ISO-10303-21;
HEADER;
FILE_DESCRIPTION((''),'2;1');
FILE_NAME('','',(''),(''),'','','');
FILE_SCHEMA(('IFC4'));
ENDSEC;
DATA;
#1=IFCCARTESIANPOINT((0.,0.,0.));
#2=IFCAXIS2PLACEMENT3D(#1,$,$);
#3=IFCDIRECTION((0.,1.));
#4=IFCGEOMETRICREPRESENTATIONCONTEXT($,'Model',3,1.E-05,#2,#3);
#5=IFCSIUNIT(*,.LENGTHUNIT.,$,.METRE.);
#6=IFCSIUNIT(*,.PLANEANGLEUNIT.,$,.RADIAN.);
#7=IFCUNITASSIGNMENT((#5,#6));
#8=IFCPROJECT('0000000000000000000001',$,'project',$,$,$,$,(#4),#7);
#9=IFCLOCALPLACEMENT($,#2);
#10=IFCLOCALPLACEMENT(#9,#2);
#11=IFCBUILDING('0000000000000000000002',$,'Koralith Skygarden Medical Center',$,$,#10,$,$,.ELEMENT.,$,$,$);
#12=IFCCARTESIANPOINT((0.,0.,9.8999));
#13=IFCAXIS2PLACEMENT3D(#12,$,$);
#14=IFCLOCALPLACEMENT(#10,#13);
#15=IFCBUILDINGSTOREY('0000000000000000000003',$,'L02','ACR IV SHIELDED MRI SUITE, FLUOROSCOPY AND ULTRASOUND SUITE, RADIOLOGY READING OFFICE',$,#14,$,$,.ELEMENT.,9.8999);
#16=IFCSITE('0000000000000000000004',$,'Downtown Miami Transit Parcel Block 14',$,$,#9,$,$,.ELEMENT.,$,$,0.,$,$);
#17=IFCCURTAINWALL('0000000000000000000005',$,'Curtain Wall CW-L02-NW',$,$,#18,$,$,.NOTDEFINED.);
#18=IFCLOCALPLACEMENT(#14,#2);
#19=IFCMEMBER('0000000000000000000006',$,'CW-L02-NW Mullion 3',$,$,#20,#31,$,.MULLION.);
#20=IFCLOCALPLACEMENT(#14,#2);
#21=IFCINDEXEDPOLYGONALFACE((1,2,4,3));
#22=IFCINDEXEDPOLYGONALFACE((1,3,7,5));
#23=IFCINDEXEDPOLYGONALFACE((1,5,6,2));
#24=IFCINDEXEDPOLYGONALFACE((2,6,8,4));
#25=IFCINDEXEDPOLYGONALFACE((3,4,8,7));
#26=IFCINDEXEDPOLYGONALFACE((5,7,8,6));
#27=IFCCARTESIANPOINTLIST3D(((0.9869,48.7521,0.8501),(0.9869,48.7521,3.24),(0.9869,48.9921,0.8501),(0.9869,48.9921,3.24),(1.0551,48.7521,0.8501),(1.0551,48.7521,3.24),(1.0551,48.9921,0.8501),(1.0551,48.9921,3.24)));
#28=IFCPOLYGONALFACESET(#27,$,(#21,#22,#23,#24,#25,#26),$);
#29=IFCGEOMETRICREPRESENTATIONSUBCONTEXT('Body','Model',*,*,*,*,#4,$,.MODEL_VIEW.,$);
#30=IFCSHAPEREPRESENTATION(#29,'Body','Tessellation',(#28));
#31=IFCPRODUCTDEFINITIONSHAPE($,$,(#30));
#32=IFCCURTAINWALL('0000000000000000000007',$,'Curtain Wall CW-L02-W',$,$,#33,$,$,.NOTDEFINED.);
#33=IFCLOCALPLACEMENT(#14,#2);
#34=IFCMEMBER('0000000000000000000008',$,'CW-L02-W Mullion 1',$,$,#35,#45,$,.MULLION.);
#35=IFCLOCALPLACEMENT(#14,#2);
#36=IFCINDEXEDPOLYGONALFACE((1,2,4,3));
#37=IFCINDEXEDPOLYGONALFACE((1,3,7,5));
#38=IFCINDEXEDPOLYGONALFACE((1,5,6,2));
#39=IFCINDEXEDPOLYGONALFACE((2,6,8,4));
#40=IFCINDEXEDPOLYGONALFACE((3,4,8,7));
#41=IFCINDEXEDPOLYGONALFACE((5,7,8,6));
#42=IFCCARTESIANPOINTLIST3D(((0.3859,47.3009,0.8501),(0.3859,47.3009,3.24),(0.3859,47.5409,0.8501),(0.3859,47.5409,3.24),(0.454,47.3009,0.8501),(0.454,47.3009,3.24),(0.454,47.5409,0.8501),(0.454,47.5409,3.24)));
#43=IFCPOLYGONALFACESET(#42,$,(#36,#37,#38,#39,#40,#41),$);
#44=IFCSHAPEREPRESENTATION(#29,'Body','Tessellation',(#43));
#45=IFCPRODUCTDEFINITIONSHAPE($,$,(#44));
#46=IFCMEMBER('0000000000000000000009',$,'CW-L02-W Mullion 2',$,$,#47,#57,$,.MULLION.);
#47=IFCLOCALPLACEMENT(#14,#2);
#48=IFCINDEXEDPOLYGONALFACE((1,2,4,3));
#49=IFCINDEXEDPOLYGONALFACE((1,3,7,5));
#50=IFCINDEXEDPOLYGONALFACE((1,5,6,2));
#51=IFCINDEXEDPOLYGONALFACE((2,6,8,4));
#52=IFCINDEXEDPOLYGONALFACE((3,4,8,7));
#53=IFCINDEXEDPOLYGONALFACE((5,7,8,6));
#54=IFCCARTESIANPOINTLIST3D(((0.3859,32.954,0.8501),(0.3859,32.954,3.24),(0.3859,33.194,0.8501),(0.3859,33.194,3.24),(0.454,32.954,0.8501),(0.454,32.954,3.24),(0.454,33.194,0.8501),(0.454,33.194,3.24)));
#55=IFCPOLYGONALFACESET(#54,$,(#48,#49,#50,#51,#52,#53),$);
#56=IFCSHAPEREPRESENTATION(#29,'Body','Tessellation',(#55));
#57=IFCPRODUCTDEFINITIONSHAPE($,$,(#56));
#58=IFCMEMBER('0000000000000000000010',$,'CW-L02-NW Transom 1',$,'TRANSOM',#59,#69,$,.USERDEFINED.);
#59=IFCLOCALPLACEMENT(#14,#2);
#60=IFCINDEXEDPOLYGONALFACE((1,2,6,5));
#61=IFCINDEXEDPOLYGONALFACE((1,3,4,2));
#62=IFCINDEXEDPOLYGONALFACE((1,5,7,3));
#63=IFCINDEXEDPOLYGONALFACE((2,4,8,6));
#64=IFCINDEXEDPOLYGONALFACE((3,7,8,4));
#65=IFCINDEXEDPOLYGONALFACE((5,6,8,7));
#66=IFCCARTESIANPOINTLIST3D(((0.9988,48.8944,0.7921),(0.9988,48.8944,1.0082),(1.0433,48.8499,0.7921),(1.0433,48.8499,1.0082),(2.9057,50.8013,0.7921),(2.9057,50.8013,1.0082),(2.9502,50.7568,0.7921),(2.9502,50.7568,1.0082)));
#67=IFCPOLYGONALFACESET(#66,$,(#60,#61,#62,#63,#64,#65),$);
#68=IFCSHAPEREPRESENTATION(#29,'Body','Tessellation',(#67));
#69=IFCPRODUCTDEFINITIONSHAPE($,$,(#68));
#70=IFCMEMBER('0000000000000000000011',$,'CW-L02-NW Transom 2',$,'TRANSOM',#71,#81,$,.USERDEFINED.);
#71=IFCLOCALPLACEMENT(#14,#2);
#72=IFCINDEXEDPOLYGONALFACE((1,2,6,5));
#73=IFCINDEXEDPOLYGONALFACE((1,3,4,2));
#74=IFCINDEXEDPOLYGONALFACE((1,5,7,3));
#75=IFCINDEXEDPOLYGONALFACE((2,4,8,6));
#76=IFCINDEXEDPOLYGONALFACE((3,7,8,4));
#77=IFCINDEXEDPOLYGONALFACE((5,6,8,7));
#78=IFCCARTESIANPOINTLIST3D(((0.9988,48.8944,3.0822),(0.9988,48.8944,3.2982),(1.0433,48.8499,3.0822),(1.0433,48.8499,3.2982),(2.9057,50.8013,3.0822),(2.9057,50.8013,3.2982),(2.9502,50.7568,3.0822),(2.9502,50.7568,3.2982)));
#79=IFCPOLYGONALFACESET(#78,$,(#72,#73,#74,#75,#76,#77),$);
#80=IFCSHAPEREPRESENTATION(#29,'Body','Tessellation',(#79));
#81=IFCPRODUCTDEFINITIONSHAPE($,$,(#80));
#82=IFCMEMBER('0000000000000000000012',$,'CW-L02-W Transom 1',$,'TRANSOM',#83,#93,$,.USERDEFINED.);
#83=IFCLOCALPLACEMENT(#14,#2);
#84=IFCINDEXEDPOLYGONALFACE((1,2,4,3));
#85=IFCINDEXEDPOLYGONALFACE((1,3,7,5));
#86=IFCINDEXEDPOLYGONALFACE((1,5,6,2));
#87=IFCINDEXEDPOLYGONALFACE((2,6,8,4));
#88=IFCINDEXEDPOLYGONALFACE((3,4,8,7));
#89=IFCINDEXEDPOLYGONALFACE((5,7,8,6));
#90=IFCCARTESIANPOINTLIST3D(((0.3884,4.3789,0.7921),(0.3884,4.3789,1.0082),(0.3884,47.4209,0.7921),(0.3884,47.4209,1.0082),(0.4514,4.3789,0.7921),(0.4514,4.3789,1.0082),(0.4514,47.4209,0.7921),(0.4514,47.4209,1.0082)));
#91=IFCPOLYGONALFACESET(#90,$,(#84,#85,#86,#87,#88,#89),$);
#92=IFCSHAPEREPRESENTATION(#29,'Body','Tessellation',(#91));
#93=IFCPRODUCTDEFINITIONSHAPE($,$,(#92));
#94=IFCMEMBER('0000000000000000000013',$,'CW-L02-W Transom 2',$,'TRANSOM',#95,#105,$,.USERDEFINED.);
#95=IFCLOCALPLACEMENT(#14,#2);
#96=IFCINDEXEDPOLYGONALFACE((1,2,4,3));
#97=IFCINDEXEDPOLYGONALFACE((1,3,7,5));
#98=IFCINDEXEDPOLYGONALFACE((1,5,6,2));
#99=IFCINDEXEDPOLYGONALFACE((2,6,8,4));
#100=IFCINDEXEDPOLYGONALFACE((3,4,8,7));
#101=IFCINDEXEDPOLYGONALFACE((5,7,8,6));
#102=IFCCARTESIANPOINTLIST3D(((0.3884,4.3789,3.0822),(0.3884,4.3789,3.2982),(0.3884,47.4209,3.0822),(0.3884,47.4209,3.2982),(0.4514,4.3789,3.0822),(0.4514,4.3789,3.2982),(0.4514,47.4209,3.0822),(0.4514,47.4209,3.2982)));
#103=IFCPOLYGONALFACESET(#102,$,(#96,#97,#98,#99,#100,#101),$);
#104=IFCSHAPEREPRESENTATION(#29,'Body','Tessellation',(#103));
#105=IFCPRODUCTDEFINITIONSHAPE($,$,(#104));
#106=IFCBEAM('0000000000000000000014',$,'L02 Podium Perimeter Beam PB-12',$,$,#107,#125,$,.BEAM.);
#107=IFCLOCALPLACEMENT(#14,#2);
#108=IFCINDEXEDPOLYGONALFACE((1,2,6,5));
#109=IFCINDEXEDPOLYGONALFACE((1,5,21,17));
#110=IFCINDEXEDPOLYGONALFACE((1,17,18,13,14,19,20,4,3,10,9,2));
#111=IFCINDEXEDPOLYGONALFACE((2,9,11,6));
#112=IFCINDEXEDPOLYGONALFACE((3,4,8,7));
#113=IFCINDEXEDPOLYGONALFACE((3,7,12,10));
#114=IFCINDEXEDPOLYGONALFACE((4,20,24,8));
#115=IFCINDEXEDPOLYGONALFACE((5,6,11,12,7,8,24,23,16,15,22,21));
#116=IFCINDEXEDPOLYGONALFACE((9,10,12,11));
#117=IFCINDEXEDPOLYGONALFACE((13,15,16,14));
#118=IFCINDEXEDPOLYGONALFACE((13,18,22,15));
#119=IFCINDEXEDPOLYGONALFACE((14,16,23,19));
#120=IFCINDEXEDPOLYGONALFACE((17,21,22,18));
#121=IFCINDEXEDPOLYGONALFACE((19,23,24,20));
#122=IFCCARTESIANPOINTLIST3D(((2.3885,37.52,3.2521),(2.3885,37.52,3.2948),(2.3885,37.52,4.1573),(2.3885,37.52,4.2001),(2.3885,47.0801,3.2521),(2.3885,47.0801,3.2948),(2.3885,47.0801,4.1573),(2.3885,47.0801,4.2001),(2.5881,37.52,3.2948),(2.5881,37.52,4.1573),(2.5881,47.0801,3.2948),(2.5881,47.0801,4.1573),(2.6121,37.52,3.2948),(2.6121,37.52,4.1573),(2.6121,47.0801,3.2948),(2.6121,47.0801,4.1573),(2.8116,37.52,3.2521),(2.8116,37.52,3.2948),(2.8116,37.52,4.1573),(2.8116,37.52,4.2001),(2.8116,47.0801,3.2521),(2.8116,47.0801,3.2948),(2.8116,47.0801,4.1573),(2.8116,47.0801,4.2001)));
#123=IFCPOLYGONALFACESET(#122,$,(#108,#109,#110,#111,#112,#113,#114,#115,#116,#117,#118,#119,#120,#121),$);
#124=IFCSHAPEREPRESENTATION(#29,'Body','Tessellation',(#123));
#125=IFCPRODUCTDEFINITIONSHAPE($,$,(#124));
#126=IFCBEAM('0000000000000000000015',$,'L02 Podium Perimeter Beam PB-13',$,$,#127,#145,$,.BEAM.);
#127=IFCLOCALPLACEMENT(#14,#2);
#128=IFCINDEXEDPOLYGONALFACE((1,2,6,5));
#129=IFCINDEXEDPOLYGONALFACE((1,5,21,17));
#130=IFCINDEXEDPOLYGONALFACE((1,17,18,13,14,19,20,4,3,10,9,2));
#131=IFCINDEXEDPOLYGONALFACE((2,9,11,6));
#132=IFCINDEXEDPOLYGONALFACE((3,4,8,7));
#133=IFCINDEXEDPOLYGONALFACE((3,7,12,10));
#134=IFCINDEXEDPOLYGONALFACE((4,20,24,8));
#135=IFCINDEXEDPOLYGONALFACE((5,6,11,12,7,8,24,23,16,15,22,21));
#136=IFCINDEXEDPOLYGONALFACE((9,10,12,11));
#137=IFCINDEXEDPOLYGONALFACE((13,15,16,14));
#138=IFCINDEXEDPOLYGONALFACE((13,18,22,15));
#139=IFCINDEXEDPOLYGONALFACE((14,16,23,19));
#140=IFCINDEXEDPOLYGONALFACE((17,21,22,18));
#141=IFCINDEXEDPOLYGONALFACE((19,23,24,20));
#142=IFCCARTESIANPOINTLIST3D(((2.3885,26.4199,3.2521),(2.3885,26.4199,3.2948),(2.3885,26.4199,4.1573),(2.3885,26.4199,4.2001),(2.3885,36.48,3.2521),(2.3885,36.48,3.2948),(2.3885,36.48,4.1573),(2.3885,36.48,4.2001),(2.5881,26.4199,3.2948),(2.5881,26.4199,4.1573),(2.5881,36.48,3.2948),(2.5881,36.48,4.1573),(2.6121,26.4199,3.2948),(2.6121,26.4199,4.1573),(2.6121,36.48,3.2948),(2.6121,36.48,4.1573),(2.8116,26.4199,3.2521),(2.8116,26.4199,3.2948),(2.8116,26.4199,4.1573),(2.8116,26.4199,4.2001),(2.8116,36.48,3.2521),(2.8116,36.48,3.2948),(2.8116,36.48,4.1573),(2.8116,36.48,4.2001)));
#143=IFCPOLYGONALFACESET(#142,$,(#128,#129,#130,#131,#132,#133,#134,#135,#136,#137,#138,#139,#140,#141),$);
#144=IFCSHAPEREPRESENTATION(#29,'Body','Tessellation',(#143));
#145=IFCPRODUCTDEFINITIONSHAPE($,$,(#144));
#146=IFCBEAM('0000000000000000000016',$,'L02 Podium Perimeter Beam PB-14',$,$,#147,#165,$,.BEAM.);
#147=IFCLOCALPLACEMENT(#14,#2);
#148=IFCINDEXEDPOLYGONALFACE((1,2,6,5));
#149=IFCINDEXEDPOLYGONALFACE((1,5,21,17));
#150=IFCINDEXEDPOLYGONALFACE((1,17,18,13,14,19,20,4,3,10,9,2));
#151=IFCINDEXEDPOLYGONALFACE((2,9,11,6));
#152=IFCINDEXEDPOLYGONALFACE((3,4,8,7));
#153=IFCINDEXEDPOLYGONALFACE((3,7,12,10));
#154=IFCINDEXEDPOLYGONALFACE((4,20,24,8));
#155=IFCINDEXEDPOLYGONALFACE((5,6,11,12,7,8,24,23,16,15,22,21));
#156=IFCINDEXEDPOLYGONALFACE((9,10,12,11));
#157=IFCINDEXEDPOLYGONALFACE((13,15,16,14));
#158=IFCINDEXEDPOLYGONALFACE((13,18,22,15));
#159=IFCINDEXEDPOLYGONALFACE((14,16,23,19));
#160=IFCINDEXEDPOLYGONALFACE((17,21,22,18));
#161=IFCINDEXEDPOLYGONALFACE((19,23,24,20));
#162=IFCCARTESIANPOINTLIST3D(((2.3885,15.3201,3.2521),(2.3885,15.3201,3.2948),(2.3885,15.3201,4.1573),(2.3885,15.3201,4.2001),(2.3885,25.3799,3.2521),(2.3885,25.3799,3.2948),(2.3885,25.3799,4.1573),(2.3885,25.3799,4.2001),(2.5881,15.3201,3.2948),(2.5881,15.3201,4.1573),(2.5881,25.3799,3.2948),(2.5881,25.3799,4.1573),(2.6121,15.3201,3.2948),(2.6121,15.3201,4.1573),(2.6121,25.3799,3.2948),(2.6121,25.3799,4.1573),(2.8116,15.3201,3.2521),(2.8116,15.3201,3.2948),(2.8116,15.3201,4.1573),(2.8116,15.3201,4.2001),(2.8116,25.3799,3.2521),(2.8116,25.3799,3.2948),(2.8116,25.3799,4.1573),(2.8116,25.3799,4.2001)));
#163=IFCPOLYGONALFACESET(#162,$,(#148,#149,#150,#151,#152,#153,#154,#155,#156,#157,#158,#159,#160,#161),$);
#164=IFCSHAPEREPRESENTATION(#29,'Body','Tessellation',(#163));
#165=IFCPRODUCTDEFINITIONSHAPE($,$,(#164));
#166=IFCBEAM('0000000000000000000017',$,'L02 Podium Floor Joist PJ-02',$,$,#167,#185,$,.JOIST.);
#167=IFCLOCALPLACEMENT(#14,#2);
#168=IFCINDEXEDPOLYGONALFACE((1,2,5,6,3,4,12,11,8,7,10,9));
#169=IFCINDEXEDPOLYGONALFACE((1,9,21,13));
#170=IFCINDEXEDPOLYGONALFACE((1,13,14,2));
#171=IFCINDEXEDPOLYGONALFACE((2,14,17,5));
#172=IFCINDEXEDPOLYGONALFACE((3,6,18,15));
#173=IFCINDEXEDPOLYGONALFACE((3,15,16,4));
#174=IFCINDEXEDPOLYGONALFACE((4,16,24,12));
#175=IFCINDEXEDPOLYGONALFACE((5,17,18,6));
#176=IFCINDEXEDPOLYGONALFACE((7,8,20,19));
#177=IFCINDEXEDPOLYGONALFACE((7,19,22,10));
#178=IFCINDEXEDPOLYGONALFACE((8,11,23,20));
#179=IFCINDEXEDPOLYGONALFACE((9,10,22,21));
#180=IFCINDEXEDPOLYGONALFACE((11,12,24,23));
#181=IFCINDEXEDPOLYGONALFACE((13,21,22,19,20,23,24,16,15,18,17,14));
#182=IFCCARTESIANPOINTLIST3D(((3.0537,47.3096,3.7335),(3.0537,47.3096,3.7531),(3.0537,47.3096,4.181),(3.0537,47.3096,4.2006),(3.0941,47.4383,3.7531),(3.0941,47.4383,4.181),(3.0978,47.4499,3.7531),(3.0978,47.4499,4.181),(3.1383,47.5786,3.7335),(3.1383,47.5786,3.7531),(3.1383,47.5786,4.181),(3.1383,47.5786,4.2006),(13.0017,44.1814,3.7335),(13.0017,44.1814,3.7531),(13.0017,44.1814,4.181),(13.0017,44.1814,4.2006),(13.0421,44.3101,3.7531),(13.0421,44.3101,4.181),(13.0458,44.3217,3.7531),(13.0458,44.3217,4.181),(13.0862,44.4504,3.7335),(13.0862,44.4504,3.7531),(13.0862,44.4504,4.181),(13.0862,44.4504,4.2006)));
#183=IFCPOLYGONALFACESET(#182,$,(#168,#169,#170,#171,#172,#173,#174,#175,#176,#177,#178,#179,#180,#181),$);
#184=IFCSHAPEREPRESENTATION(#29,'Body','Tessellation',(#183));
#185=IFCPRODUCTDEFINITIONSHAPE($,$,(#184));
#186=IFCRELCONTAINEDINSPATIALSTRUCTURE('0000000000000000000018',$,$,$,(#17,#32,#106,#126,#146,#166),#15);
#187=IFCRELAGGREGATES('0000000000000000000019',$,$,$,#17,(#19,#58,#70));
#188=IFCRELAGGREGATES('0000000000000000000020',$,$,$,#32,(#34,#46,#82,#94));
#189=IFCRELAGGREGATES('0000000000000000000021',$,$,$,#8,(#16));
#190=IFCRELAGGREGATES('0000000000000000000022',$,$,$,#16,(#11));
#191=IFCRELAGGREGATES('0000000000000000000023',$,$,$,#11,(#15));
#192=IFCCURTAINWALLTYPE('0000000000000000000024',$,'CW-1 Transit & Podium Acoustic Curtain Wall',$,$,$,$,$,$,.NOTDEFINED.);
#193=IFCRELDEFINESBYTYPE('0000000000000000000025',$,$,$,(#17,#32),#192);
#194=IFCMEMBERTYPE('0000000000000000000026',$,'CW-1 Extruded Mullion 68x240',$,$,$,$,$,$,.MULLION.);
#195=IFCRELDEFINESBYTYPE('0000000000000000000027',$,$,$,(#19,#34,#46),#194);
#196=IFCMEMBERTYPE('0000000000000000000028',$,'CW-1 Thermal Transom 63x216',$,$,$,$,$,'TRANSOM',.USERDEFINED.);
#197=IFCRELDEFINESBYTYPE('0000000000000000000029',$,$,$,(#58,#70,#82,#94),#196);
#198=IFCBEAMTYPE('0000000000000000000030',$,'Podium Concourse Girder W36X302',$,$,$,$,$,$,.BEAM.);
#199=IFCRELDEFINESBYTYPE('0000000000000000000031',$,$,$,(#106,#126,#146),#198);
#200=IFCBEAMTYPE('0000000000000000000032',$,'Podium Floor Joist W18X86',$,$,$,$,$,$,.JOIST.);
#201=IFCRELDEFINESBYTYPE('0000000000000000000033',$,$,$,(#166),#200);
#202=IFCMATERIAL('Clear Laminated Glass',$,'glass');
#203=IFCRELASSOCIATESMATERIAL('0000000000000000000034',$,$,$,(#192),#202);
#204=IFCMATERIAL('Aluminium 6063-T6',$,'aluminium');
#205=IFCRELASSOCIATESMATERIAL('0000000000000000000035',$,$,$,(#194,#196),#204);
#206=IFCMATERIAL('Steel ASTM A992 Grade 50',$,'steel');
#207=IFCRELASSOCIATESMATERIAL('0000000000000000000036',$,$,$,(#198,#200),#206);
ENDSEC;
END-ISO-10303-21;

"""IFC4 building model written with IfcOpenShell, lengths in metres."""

from ifc_helpers import new_model, si_unit, direction, frame, origin, origin_2d, place, context, subcontext, project, spatial, rectangle, i_section, extrude, material, material_profile, profile_set, type_object, element, aggregate, save


model = new_model("IFC4")

# Units and contexts
model_context = context("Model", 3, precision=1e-05, world=origin(), true_north=direction((0.0, 1.0)))
body_context = subcontext(model_context, "Body", "Model", "MODEL_VIEW")
ifc_project = project(units=[si_unit("LENGTHUNIT", "METRE"), si_unit("PLANEANGLEUNIT", "RADIAN")], contexts=[model_context])

# Site, building, storey
site_placement = place(None, origin())
site = spatial("IfcSite", under=ifc_project, at=site_placement, Name="Downtown Miami Transit Parcel Block 14", CompositionType="ELEMENT", RefElevation=0.0)
building_placement = place(site_placement, origin())
building = spatial("IfcBuilding", under=site, at=building_placement, Name="Koralith Skygarden Medical Center", CompositionType="ELEMENT")
storey_placement = place(building_placement, frame((0.0, 0.0, 9.8999)))
storey = spatial("IfcBuildingStorey", under=building, at=storey_placement, Name="L02", Description="ACR IV SHIELDED MRI SUITE, FLUOROSCOPY AND ULTRASOUND SUITE, RADIOLOGY READING OFFICE", CompositionType="ELEMENT", Elevation=9.8999)

# Shared definitions
ifc_material_1 = material(Name="Clear Laminated Glass", Category="glass")
curtain_wall_type = type_object("IfcCurtainWallType", Name="CW-1 Transit & Podium Acoustic Curtain Wall", PredefinedType="NOTDEFINED", material=ifc_material_1)
ifc_material_2 = material(Name="Aluminium 6063-T6", Category="aluminium")
ifc_material_profile_1 = material_profile(ifc_material_2, rectangle(XDim=0.0681, YDim=0.24, at=origin_2d()), Name="MUL68X240")
ifc_profile_set_1 = profile_set([ifc_material_profile_1], Name="Aluminium 6063-T6")
member_type_1 = type_object("IfcMemberType", Name="CW-1 Extruded Mullion 68x240", PredefinedType="MULLION", material=ifc_profile_set_1)

# Curtain walls, members
curtain_wall_1_placement = place(storey_placement, origin())
curtain_wall_1 = element("IfcCurtainWall", 1, at=curtain_wall_1_placement, inside=storey, type_object=curtain_wall_type, Name="Curtain Wall CW-L02-NW", PredefinedType="NOTDEFINED")
member_1_placement = place(storey_placement, frame((1.021, 48.8721, 0.8501), z_axis=(0.0, 0.0, 1.0), x_axis=(1.0, 0.0, 0.0)))
member_1 = element("IfcMember", 2, at=member_1_placement, type_object=member_type_1, Name="CW-L02-NW Mullion 3", PredefinedType="MULLION", context=body_context, shape_type="SweptSolid", body=[
    extrude(rectangle(XDim=0.0681, YDim=0.24, at=origin_2d()), origin(), (0.0, 0.0, 1.0), 2.3899),
])
curtain_wall_2_placement = place(storey_placement, origin())
curtain_wall_2 = element("IfcCurtainWall", 3, at=curtain_wall_2_placement, inside=storey, type_object=curtain_wall_type, Name="Curtain Wall CW-L02-W", PredefinedType="NOTDEFINED")
member_2_placement = place(storey_placement, frame((0.4199, 47.4209, 0.8501), z_axis=(0.0, 0.0, 1.0), x_axis=(1.0, 0.0, 0.0)))
member_2 = element("IfcMember", 4, at=member_2_placement, type_object=member_type_1, Name="CW-L02-W Mullion 1", PredefinedType="MULLION", context=body_context, shape_type="SweptSolid", body=[
    extrude(rectangle(XDim=0.0681, YDim=0.24, at=origin_2d()), origin(), (0.0, 0.0, 1.0), 2.3899),
])
member_3_placement = place(storey_placement, frame((0.4199, 33.074, 0.8501), z_axis=(0.0, 0.0, 1.0), x_axis=(1.0, 0.0, 0.0)))
member_3 = element("IfcMember", 5, at=member_3_placement, type_object=member_type_1, Name="CW-L02-W Mullion 2", PredefinedType="MULLION", context=body_context, shape_type="SweptSolid", body=[
    extrude(rectangle(XDim=0.0681, YDim=0.24, at=origin_2d()), origin(), (0.0, 0.0, 1.0), 2.3899),
])

# Members
ifc_material_profile_2 = material_profile(ifc_material_2, rectangle(XDim=0.063, YDim=0.2161, at=origin_2d()), Name="TRN63X216")
ifc_profile_set_2 = profile_set([ifc_material_profile_2], Name="Aluminium 6063-T6")
member_type_2 = type_object("IfcMemberType", Name="CW-1 Thermal Transom 63x216", ElementType="TRANSOM", PredefinedType="USERDEFINED", material=ifc_profile_set_2)
member_4_placement = place(storey_placement, frame((2.928, 50.7791, 0.9001), z_axis=(-0.707107, -0.707107, 0.0), x_axis=(0.707107, -0.707107, 0.0)))
member_4 = element("IfcMember", 6, at=member_4_placement, type_object=member_type_2, Name="CW-L02-NW Transom 1", ObjectType="TRANSOM", PredefinedType="USERDEFINED", context=body_context, shape_type="SweptSolid", body=[
    extrude(rectangle(XDim=0.063, YDim=0.2161, at=origin_2d()), origin(), (0.0, 0.0, 1.0), 2.6968),
])
member_5_placement = place(storey_placement, frame((2.928, 50.7791, 3.1902), z_axis=(-0.707107, -0.707107, 0.0), x_axis=(0.707107, -0.707107, 0.0)))
member_5 = element("IfcMember", 7, at=member_5_placement, type_object=member_type_2, Name="CW-L02-NW Transom 2", ObjectType="TRANSOM", PredefinedType="USERDEFINED", context=body_context, shape_type="SweptSolid", body=[
    extrude(rectangle(XDim=0.063, YDim=0.2161, at=origin_2d()), origin(), (0.0, 0.0, 1.0), 2.6968),
])
member_6_placement = place(storey_placement, frame((0.4199, 47.4209, 0.9001), z_axis=(0.0, -1.0, 0.0), x_axis=(1.0, 0.0, 0.0)))
member_6 = element("IfcMember", 8, at=member_6_placement, type_object=member_type_2, Name="CW-L02-W Transom 1", ObjectType="TRANSOM", PredefinedType="USERDEFINED", context=body_context, shape_type="SweptSolid", body=[
    extrude(rectangle(XDim=0.063, YDim=0.2161, at=origin_2d()), origin(), (0.0, 0.0, 1.0), 43.042),
])
member_7_placement = place(storey_placement, frame((0.4199, 47.4209, 3.1902), z_axis=(0.0, -1.0, 0.0), x_axis=(1.0, 0.0, 0.0)))
member_7 = element("IfcMember", 9, at=member_7_placement, type_object=member_type_2, Name="CW-L02-W Transom 2", ObjectType="TRANSOM", PredefinedType="USERDEFINED", context=body_context, shape_type="SweptSolid", body=[
    extrude(rectangle(XDim=0.063, YDim=0.2161, at=origin_2d()), origin(), (0.0, 0.0, 1.0), 43.042),
])

# Beams
ifc_material_3 = material(Name="Steel ASTM A992 Grade 50", Category="steel")
ifc_material_profile_3 = material_profile(ifc_material_3, i_section(OverallWidth=0.4231, OverallDepth=0.948, WebThickness=0.0239, FlangeThickness=0.0427, at=origin_2d()), Name="W36X302")
ifc_profile_set_3 = profile_set([ifc_material_profile_3], Name="Steel ASTM A992 Grade 50")
beam_type_1 = type_object("IfcBeamType", Name="Podium Concourse Girder W36X302", PredefinedType="BEAM", material=ifc_profile_set_3)
beam_1_placement = place(storey_placement, frame((2.6001, 47.0801, 3.7261), z_axis=(0.0, -1.0, 0.0), x_axis=(1.0, 0.0, 0.0)))
element("IfcBeam", 10, at=beam_1_placement, inside=storey, type_object=beam_type_1, Name="L02 Podium Perimeter Beam PB-12", PredefinedType="BEAM", context=body_context, shape_type="SweptSolid", body=[
    extrude(i_section(OverallWidth=0.4231, OverallDepth=0.948, WebThickness=0.0239, FlangeThickness=0.0427, at=origin_2d()), origin(), (0.0, 0.0, 1.0), 9.5601),
])
beam_2_placement = place(storey_placement, frame((2.6001, 36.48, 3.7261), z_axis=(0.0, -1.0, 0.0), x_axis=(1.0, 0.0, 0.0)))
element("IfcBeam", 11, at=beam_2_placement, inside=storey, type_object=beam_type_1, Name="L02 Podium Perimeter Beam PB-13", PredefinedType="BEAM", context=body_context, shape_type="SweptSolid", body=[
    extrude(i_section(OverallWidth=0.4231, OverallDepth=0.948, WebThickness=0.0239, FlangeThickness=0.0427, at=origin_2d()), origin(), (0.0, 0.0, 1.0), 10.0601),
])
beam_3_placement = place(storey_placement, frame((2.6001, 25.3799, 3.7261), z_axis=(0.0, -1.0, 0.0), x_axis=(1.0, 0.0, 0.0)))
element("IfcBeam", 12, at=beam_3_placement, inside=storey, type_object=beam_type_1, Name="L02 Podium Perimeter Beam PB-14", PredefinedType="BEAM", context=body_context, shape_type="SweptSolid", body=[
    extrude(i_section(OverallWidth=0.4231, OverallDepth=0.948, WebThickness=0.0239, FlangeThickness=0.0427, at=origin_2d()), origin(), (0.0, 0.0, 1.0), 10.0598),
])
ifc_material_profile_4 = material_profile(ifc_material_3, i_section(OverallWidth=0.282, OverallDepth=0.467, WebThickness=0.0122, FlangeThickness=0.0195, at=origin_2d()), Name="W18X86")
ifc_profile_set_4 = profile_set([ifc_material_profile_4], Name="Steel ASTM A992 Grade 50")
beam_type_2 = type_object("IfcBeamType", Name="Podium Floor Joist W18X86", PredefinedType="JOIST", material=ifc_profile_set_4)
beam_4_placement = place(storey_placement, frame((13.0439, 44.3159, 3.967), z_axis=(-0.953948, 0.299971, 0.0), x_axis=(-0.299971, -0.953948, 0.0)))
element("IfcBeam", 13, at=beam_4_placement, inside=storey, type_object=beam_type_2, Name="L02 Podium Floor Joist PJ-02", PredefinedType="JOIST", context=body_context, shape_type="SweptSolid", body=[
    extrude(i_section(OverallWidth=0.282, OverallDepth=0.467, WebThickness=0.0122, FlangeThickness=0.0195, at=origin_2d()), origin(), (0.0, 0.0, 1.0), 10.4282),
])

aggregate(curtain_wall_1, [member_1, member_4, member_5])
aggregate(curtain_wall_2, [member_2, member_3, member_6, member_7])

save(model, "model.ifc")
